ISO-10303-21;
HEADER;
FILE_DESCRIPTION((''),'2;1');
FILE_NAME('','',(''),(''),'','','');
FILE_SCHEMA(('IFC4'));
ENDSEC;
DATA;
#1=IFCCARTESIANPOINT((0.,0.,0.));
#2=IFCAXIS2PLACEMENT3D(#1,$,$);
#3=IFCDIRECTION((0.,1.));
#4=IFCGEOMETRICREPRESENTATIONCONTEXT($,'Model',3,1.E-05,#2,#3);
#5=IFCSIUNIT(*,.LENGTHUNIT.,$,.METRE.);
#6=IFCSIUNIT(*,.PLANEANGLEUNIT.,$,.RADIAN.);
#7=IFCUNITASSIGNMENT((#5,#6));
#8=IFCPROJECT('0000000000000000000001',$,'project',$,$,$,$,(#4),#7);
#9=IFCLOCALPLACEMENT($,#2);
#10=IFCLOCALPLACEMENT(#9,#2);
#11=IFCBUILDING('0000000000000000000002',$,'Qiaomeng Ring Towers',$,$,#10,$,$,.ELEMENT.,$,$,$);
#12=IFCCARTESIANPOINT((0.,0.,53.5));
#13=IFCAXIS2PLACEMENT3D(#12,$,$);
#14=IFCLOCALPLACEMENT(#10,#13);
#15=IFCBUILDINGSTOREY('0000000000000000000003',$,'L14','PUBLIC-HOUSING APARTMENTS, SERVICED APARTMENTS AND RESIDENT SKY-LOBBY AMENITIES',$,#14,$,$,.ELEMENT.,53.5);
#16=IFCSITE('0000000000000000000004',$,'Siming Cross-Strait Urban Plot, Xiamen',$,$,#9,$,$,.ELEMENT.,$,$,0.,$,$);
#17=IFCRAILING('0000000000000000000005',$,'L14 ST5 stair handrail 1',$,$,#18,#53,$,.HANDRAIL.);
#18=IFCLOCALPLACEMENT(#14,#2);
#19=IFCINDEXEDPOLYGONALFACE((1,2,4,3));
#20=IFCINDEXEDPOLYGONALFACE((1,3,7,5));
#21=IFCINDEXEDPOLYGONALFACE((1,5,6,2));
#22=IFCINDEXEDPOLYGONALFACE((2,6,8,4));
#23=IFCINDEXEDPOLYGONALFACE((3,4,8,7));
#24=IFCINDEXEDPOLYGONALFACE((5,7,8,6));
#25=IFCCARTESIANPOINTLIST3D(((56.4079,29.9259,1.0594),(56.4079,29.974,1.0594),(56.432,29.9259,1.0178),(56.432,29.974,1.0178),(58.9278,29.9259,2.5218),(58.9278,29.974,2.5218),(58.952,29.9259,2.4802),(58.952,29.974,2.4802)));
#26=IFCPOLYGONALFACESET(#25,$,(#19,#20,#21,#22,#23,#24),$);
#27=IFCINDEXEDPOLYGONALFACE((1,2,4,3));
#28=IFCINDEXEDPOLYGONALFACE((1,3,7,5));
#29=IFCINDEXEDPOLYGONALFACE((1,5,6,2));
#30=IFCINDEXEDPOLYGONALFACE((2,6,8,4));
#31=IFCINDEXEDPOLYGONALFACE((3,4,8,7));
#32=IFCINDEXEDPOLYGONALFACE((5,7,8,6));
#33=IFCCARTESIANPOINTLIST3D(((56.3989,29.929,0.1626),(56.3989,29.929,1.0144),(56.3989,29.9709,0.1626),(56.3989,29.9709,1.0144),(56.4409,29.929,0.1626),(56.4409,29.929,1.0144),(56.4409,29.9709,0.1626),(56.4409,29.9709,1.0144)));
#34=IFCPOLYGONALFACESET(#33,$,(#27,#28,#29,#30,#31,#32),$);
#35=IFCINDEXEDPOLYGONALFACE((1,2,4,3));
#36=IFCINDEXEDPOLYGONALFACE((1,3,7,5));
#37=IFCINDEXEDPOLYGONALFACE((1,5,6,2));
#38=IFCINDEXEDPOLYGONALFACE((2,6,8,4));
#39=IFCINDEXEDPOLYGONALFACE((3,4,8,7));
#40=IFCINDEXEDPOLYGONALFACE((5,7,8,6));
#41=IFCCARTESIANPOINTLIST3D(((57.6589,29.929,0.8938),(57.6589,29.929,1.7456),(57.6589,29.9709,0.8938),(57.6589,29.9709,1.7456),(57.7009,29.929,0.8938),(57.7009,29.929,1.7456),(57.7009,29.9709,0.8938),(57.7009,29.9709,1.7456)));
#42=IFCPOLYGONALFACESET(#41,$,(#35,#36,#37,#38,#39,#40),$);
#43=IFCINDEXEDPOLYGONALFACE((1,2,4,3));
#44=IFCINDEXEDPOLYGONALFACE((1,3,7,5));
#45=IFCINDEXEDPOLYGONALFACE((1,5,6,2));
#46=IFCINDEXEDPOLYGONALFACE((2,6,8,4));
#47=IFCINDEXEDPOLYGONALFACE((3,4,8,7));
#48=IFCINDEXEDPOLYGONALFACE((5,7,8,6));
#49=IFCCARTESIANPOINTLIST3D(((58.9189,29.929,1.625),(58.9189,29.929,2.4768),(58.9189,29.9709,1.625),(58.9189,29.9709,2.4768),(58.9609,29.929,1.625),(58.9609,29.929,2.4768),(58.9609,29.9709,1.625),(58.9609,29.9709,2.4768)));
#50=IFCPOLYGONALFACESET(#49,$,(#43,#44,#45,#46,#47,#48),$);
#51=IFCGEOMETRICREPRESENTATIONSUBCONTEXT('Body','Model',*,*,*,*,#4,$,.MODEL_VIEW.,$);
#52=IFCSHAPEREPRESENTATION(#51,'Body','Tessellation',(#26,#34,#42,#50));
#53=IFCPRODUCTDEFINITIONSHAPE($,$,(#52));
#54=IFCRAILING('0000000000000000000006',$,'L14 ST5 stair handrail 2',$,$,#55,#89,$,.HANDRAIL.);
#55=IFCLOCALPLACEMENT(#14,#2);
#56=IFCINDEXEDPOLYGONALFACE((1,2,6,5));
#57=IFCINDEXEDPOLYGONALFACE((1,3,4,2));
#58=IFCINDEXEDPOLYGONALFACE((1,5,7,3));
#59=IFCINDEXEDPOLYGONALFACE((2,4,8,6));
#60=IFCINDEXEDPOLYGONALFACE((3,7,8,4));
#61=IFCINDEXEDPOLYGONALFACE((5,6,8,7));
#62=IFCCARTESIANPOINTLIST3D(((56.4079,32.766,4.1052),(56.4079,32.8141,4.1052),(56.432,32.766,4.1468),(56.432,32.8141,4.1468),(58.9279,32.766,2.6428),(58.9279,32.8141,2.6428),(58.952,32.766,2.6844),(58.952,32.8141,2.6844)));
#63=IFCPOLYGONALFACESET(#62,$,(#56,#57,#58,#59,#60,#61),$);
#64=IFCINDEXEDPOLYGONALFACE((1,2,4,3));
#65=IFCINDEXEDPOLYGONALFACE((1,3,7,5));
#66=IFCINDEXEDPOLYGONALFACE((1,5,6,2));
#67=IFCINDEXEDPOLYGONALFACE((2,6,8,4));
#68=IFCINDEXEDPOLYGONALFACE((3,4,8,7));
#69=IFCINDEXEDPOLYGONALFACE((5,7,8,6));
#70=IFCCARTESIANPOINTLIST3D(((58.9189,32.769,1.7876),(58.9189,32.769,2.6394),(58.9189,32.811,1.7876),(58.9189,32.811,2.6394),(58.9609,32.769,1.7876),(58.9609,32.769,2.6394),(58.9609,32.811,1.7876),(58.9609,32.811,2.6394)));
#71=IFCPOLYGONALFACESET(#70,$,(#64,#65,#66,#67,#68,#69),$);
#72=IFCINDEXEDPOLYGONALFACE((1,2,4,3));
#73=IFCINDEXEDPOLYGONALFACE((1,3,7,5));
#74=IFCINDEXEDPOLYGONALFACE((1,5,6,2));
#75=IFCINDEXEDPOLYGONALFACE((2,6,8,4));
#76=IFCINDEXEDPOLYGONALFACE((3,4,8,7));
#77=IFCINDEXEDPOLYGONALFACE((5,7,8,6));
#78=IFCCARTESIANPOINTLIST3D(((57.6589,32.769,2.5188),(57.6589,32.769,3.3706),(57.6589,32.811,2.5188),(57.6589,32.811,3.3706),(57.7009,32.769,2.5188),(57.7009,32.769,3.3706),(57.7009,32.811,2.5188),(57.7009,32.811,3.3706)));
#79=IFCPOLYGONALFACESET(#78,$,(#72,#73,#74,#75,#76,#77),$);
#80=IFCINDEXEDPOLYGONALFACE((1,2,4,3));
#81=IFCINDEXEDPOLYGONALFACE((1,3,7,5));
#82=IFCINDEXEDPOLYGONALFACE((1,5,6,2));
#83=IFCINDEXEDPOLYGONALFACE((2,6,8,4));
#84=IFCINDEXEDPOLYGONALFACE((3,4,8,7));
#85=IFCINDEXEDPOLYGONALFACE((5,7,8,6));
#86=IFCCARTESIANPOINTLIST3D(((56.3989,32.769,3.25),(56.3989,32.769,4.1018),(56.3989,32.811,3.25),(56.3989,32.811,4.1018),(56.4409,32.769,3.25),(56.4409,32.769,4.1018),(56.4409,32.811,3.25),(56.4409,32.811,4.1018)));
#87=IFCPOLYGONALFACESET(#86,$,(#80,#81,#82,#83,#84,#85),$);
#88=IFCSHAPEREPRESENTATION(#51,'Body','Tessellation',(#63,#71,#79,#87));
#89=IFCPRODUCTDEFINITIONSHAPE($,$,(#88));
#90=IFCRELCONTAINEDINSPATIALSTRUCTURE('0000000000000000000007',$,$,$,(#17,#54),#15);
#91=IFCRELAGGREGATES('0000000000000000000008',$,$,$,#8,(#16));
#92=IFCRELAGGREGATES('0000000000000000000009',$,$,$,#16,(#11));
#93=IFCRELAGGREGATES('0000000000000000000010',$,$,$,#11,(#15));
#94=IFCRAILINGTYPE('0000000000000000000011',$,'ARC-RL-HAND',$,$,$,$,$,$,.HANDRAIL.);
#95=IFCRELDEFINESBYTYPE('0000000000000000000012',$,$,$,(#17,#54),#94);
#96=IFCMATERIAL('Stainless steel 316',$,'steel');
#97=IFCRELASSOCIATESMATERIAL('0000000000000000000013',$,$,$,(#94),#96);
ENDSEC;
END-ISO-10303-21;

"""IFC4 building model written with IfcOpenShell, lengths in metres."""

from ifc_helpers import new_model, si_unit, direction, frame, origin, origin_2d, place, context, subcontext, project, spatial, rectangle, extrude, material, type_object, element, save


model = new_model("IFC4")

# Units and contexts
model_context = context("Model", 3, precision=1e-05, world=origin(), true_north=direction((0.0, 1.0)))
body_context = subcontext(model_context, "Body", "Model", "MODEL_VIEW")
ifc_project = project(units=[si_unit("LENGTHUNIT", "METRE"), si_unit("PLANEANGLEUNIT", "RADIAN")], contexts=[model_context])

# Site, building, storey
site_placement = place(None, origin())
site = spatial("IfcSite", under=ifc_project, at=site_placement, Name="Siming Cross-Strait Urban Plot, Xiamen", CompositionType="ELEMENT", RefElevation=0.0)
building_placement = place(site_placement, origin())
building = spatial("IfcBuilding", under=site, at=building_placement, Name="Qiaomeng Ring Towers", CompositionType="ELEMENT")
storey_placement = place(building_placement, frame((0.0, 0.0, 53.5)))
storey = spatial("IfcBuildingStorey", under=building, at=storey_placement, Name="L14", Description="PUBLIC-HOUSING APARTMENTS, SERVICED APARTMENTS AND RESIDENT SKY-LOBBY AMENITIES", CompositionType="ELEMENT", Elevation=53.5)

# Shared definitions
ifc_material_1 = material(Name="Stainless steel 316", Category="steel")

# Railings
railing_type_1 = type_object("IfcRailingType", Name="ARC-RL-HAND", PredefinedType="HANDRAIL", material=ifc_material_1)
railing_1_placement = place(storey_placement, frame((56.4199, 29.95, 0.1626)))
element("IfcRailing", 1, at=railing_1_placement, inside=storey, type_object=railing_type_1, Name="L14 ST5 stair handrail 1", PredefinedType="HANDRAIL", context=body_context, shape_type="SweptSolid", body=[
    extrude(rectangle(XDim=0.0481, YDim=0.0481, at=origin_2d()), frame((0.0, 0.0, 0.876), z_axis=(0.864913, 0.0, 0.501921), x_axis=(0.0, 1.0, 0.0)), (0.0, 0.0, 1.0), 2.9136),
    extrude(rectangle(XDim=0.042, YDim=0.042, at=origin_2d()), origin(), (0.0, 0.0, 1.0), 0.8518),
    extrude(rectangle(XDim=0.042, YDim=0.042, at=origin_2d()), frame((1.26, 0.0, 0.7312)), (0.0, 0.0, 1.0), 0.8518),
    extrude(rectangle(XDim=0.042, YDim=0.042, at=origin_2d()), frame((2.52, 0.0, 1.4624)), (0.0, 0.0, 1.0), 0.8518),
])
railing_2_placement = place(storey_placement, frame((58.9399, 32.79, 1.7876)))
element("IfcRailing", 2, at=railing_2_placement, inside=storey, type_object=railing_type_1, Name="L14 ST5 stair handrail 2", PredefinedType="HANDRAIL", context=body_context, shape_type="SweptSolid", body=[
    extrude(rectangle(XDim=0.0481, YDim=0.0481, at=origin_2d()), frame((0.0, 0.0, 0.876), z_axis=(-0.864913, 0.0, 0.501921), x_axis=(0.0, -1.0, 0.0)), (0.0, 0.0, 1.0), 2.9136),
    extrude(rectangle(XDim=0.042, YDim=0.042, at=origin_2d()), origin(), (0.0, 0.0, 1.0), 0.8518),
    extrude(rectangle(XDim=0.042, YDim=0.042, at=origin_2d()), frame((-1.26, 0.0, 0.7312)), (0.0, 0.0, 1.0), 0.8518),
    extrude(rectangle(XDim=0.042, YDim=0.042, at=origin_2d()), frame((-2.52, 0.0, 1.4624)), (0.0, 0.0, 1.0), 0.8518),
])

save(model, "model.ifc")
